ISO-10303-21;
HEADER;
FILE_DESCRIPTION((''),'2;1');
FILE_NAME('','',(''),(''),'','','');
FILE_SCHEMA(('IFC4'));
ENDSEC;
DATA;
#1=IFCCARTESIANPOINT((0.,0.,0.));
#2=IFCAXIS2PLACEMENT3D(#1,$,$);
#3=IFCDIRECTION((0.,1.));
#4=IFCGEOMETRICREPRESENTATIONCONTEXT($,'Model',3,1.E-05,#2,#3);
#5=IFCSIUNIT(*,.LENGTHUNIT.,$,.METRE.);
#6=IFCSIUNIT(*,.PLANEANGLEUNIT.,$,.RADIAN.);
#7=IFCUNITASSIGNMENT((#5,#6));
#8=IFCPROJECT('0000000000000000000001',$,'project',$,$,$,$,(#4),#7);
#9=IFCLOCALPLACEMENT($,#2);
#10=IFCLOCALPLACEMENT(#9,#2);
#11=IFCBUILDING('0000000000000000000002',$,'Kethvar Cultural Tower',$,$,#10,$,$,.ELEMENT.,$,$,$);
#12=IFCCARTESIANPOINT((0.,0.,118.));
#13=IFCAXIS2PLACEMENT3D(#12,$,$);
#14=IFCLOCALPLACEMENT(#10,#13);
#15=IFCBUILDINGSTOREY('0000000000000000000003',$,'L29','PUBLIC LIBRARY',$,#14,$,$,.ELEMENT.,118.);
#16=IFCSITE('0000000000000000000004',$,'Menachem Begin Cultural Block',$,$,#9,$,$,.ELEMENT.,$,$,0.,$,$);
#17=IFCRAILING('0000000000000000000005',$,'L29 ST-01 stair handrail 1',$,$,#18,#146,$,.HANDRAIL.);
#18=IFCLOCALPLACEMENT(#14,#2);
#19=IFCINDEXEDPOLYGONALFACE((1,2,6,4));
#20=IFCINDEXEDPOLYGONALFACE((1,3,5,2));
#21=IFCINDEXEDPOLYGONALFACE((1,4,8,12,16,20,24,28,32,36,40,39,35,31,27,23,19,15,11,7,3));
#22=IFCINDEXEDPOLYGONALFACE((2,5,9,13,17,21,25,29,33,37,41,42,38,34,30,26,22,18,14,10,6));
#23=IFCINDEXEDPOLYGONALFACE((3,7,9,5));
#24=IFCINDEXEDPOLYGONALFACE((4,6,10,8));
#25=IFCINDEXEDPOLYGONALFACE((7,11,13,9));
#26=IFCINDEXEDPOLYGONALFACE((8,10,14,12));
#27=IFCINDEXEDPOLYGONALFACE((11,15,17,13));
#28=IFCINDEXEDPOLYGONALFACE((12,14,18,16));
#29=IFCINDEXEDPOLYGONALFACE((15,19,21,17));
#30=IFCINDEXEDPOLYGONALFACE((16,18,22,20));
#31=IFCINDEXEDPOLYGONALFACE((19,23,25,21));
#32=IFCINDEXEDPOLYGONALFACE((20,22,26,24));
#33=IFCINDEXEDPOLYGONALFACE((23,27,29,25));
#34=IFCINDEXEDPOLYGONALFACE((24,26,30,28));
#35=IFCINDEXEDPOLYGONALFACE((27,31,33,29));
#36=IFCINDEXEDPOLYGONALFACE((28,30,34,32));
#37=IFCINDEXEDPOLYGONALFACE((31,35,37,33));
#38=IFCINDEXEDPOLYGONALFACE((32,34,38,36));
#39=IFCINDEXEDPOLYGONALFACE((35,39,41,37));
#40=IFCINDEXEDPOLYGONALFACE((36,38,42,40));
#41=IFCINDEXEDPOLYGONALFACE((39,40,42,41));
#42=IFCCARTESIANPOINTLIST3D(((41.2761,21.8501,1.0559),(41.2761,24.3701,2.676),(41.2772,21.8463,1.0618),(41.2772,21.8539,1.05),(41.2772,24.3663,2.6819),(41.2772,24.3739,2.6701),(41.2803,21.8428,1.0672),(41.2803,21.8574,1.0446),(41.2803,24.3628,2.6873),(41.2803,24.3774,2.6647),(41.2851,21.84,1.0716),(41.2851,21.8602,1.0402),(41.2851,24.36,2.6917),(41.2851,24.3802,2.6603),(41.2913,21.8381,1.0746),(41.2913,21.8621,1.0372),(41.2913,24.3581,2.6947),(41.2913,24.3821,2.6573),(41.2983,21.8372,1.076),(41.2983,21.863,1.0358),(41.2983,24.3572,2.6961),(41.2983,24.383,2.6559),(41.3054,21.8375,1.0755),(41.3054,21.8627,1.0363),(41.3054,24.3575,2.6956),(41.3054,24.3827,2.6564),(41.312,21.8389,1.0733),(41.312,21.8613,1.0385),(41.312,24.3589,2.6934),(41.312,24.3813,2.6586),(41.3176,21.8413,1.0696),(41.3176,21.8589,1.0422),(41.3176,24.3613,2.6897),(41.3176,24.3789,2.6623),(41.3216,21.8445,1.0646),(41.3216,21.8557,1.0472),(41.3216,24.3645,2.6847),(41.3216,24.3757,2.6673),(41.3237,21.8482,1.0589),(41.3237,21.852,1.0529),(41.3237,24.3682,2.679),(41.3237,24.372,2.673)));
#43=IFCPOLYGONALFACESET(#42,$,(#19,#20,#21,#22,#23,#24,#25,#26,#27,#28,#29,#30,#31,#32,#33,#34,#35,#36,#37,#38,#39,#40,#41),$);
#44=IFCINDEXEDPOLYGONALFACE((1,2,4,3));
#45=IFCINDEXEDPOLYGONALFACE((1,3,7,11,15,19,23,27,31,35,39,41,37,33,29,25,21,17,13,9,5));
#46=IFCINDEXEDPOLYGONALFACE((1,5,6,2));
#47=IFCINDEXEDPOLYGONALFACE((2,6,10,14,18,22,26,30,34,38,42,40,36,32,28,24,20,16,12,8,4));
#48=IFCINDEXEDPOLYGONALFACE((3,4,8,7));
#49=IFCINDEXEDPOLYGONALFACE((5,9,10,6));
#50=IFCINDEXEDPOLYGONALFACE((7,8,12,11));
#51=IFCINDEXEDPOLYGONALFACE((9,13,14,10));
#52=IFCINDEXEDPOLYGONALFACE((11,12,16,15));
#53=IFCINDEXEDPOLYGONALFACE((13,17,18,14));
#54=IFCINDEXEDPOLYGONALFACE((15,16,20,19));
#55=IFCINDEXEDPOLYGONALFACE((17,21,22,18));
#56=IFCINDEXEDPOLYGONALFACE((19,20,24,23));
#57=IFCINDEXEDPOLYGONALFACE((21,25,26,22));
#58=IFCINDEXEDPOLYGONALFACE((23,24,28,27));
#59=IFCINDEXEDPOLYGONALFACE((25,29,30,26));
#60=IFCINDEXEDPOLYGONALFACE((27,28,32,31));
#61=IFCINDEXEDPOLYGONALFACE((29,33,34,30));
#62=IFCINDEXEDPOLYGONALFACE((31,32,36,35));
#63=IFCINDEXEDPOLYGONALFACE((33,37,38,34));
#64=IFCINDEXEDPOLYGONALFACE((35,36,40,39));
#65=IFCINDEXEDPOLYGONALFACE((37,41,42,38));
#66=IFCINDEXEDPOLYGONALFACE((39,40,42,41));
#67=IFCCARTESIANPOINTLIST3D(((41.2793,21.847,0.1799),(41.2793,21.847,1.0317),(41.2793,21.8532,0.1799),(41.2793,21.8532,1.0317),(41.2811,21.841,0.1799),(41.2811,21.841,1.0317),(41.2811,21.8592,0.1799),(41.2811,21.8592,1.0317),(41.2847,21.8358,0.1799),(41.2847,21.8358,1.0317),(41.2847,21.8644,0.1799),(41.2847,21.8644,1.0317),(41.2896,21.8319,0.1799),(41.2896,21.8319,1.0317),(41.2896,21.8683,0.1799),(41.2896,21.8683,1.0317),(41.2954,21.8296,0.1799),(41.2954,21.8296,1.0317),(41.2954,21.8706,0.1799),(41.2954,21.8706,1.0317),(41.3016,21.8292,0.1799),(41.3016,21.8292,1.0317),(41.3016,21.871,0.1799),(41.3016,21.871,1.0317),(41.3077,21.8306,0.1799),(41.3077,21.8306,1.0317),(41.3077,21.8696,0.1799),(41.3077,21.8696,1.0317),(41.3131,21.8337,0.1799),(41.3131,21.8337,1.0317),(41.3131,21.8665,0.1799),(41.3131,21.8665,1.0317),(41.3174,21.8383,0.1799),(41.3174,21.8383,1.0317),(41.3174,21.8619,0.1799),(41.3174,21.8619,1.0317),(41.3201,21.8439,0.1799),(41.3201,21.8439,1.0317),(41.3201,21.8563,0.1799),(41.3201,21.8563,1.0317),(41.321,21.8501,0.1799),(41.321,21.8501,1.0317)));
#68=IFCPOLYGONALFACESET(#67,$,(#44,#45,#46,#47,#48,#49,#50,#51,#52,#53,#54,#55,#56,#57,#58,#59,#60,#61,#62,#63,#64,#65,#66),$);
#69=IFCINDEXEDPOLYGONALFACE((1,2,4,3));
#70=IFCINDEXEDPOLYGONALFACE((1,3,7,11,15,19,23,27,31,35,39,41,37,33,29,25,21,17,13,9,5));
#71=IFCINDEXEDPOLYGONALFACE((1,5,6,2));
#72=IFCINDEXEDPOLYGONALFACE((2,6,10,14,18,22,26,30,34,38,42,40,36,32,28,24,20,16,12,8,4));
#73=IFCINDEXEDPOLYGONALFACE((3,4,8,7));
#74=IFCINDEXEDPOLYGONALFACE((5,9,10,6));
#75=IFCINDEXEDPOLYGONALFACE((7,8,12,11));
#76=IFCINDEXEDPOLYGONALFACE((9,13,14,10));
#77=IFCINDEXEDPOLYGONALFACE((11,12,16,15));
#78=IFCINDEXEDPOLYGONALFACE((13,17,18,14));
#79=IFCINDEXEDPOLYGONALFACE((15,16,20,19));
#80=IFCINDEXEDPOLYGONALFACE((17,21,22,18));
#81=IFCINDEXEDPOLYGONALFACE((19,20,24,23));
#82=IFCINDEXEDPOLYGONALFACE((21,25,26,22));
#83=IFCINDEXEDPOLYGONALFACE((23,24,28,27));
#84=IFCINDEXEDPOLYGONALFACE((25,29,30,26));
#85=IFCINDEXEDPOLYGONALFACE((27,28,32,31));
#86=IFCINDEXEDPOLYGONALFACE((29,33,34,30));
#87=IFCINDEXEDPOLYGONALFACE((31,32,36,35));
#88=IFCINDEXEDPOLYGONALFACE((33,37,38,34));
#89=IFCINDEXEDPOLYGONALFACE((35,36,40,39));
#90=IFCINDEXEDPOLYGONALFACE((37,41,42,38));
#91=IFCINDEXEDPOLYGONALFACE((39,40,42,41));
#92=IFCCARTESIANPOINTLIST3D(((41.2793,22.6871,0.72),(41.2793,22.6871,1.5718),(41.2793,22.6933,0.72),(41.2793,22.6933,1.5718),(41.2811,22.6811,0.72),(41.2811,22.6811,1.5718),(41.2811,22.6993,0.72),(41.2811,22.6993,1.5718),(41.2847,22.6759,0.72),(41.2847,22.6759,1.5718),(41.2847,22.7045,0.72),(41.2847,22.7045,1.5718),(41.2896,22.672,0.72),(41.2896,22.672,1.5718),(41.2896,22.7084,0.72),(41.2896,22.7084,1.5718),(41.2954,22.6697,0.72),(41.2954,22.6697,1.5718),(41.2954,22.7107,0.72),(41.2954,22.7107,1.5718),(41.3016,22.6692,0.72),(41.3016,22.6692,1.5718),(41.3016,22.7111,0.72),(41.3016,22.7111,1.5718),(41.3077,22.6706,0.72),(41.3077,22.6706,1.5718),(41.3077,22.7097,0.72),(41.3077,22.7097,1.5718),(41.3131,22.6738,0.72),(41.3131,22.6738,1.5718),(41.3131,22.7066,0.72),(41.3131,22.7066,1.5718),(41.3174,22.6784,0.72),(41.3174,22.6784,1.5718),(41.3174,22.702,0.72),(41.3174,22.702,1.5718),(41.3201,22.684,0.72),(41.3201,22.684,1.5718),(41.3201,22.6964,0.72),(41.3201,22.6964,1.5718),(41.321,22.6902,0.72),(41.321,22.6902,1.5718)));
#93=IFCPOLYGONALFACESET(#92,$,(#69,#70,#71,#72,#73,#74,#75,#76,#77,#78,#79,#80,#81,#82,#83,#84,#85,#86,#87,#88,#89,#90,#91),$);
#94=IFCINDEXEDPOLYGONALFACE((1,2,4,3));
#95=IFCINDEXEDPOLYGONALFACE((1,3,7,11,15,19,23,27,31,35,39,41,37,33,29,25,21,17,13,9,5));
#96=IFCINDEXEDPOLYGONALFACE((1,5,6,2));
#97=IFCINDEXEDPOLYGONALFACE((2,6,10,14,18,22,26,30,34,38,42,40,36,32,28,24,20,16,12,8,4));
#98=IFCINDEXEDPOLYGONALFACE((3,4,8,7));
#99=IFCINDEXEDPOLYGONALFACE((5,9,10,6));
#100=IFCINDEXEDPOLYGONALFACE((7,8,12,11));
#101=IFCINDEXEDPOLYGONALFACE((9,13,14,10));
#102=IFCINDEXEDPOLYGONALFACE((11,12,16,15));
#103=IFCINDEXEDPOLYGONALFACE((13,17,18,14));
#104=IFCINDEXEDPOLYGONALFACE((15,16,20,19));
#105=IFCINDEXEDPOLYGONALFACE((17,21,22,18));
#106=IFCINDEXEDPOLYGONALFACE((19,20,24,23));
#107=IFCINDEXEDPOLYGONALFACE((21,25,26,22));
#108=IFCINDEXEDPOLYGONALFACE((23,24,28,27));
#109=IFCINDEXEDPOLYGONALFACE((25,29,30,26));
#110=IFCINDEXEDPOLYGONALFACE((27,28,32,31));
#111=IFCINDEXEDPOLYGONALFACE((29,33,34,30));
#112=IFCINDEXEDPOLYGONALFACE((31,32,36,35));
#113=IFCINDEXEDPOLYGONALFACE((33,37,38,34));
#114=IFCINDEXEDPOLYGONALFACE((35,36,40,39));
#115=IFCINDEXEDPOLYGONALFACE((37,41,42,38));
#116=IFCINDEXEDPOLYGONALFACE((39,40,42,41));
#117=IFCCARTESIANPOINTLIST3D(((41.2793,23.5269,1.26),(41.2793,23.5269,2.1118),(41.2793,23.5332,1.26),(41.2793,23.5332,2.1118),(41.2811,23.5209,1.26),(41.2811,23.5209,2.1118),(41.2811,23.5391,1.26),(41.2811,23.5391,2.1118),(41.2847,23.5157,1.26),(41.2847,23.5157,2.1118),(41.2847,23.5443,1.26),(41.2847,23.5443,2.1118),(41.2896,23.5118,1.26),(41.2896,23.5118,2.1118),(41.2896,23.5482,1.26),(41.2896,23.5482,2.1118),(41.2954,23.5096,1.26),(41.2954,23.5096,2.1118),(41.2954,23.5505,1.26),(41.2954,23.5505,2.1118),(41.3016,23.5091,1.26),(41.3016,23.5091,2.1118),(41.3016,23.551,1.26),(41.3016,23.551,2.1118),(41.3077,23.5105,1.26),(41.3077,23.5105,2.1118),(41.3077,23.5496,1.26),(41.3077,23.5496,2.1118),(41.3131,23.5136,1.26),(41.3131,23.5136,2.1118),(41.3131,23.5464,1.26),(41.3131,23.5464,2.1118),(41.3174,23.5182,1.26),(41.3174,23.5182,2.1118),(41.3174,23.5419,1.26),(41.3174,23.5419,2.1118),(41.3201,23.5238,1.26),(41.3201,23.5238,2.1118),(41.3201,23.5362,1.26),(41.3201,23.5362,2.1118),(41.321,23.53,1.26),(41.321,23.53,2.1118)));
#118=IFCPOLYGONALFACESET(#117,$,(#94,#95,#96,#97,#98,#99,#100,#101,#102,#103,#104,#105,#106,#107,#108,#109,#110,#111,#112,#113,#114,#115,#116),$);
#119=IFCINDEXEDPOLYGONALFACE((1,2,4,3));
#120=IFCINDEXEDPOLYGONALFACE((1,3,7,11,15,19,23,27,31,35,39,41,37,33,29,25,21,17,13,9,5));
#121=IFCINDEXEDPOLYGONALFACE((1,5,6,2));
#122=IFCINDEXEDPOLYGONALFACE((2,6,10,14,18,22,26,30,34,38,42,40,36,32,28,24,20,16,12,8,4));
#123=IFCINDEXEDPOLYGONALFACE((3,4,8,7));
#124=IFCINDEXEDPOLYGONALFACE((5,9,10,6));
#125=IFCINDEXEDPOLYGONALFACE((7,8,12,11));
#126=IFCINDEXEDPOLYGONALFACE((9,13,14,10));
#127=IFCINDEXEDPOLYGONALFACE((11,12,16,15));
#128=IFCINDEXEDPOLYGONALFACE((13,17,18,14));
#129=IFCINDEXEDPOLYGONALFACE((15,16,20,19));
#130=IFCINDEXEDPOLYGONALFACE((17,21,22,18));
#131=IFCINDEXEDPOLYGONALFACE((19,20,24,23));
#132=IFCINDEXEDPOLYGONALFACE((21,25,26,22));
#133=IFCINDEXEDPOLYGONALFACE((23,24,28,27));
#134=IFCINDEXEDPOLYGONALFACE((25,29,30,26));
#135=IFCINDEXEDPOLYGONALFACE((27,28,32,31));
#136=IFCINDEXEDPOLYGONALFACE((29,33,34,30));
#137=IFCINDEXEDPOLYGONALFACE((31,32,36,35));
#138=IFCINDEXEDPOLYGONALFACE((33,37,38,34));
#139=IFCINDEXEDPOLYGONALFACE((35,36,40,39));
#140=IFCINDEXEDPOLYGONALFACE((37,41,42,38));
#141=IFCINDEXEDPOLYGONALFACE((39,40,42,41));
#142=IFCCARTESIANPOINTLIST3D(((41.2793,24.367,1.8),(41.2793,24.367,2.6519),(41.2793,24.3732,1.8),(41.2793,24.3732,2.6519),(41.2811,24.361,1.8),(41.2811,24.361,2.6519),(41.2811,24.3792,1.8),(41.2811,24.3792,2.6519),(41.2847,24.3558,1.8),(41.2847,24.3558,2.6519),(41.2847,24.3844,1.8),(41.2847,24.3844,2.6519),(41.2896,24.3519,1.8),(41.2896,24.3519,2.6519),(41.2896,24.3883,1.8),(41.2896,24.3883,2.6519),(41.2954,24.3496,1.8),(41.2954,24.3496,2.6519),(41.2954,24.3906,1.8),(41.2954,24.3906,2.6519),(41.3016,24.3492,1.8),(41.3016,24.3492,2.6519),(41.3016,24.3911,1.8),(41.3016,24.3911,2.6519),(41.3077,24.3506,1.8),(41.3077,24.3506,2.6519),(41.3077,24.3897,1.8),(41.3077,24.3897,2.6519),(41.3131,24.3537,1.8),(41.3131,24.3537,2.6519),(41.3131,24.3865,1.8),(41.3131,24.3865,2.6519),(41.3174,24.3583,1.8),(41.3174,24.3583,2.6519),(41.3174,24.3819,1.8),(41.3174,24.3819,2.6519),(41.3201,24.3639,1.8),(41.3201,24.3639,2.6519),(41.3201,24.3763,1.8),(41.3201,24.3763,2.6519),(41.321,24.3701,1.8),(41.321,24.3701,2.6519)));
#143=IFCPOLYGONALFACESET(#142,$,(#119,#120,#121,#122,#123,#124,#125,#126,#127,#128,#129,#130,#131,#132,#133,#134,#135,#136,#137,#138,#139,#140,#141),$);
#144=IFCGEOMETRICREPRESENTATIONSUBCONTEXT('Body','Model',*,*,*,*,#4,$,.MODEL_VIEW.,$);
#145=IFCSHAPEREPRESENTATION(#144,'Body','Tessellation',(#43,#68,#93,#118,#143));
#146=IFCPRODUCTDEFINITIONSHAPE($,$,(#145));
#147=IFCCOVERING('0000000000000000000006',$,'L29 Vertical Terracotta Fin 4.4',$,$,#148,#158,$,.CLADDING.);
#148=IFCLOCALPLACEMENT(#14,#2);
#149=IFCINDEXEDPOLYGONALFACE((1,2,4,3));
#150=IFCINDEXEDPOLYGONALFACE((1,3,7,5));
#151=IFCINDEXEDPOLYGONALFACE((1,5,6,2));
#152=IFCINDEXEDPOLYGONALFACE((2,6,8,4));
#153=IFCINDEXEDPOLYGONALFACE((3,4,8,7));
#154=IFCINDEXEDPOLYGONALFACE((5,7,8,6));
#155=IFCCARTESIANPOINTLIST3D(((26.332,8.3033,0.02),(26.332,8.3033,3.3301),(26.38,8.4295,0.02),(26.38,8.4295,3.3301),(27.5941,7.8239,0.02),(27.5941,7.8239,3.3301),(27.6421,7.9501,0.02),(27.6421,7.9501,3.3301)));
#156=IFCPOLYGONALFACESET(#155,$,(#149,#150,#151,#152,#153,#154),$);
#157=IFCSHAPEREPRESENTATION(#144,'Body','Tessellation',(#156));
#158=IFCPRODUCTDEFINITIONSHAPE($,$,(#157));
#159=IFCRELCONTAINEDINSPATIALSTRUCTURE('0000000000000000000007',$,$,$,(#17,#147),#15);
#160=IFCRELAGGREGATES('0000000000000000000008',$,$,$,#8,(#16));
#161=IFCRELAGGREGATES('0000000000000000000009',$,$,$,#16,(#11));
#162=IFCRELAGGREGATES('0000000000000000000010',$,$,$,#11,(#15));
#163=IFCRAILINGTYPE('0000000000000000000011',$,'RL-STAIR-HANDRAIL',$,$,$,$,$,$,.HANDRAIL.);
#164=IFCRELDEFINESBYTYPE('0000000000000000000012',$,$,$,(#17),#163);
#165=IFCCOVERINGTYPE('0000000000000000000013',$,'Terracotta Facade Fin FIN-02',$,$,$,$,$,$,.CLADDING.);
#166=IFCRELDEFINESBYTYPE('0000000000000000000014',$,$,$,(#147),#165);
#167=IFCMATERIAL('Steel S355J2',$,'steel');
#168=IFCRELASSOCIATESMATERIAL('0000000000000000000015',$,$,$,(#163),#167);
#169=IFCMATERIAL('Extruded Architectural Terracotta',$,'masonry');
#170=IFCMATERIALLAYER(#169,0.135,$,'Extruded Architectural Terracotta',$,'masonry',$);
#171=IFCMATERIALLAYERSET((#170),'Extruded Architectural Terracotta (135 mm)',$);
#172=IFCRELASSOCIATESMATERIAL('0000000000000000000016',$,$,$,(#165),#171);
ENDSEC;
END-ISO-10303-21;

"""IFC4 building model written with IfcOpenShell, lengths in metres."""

from ifc_helpers import new_model, si_unit, direction, frame, origin, origin_2d, place, context, subcontext, project, spatial, rectangle, circle, extrude, source, transform, mapped, material, layer, layer_set, type_object, element, save


model = new_model("IFC4")

# Units and contexts
model_context = context("Model", 3, precision=1e-05, world=origin(), true_north=direction((0.0, 1.0)))
body_context = subcontext(model_context, "Body", "Model", "MODEL_VIEW")
ifc_project = project(units=[si_unit("LENGTHUNIT", "METRE"), si_unit("PLANEANGLEUNIT", "RADIAN")], contexts=[model_context])

# Site, building, storey
site_placement = place(None, origin())
site = spatial("IfcSite", under=ifc_project, at=site_placement, Name="Menachem Begin Cultural Block", CompositionType="ELEMENT", RefElevation=0.0)
building_placement = place(site_placement, origin())
building = spatial("IfcBuilding", under=site, at=building_placement, Name="Kethvar Cultural Tower", CompositionType="ELEMENT")
storey_placement = place(building_placement, frame((0.0, 0.0, 118.0)))
storey = spatial("IfcBuildingStorey", under=building, at=storey_placement, Name="L29", Description="PUBLIC LIBRARY", CompositionType="ELEMENT", Elevation=118.0)

# Shared definitions
ifc_material_1 = material(Name="Steel S355J2", Category="steel")

# Railing
railing_type_1 = type_object("IfcRailingType", Name="RL-STAIR-HANDRAIL", PredefinedType="HANDRAIL", material=ifc_material_1)
railing_1_placement = place(storey_placement, frame((41.3, 21.8501, 0.1799)))
element("IfcRailing", 1, at=railing_1_placement, inside=storey, type_object=railing_type_1, Name="L29 ST-01 stair handrail 1", PredefinedType="HANDRAIL", context=body_context, shape_type="SweptSolid", body=[
    extrude(circle(Radius=0.0239, at=origin_2d()), frame((0.0, 0.0, 0.876), z_axis=(0.0, 0.841163, 0.540782), x_axis=(-1.0, 0.0, 0.0)), (0.0, 0.0, 1.0), 2.9958),
    extrude(circle(Radius=0.021, at=origin_2d()), origin(), (0.0, 0.0, 1.0), 0.8518),
    extrude(circle(Radius=0.021, at=origin_2d()), frame((0.0, 0.8401, 0.54)), (0.0, 0.0, 1.0), 0.8518),
    extrude(circle(Radius=0.021, at=origin_2d()), frame((0.0, 1.6799, 1.0801)), (0.0, 0.0, 1.0), 0.8518),
    extrude(circle(Radius=0.021, at=origin_2d()), frame((0.0, 2.52, 1.6201)), (0.0, 0.0, 1.0), 0.8518),
])

# Covering
ifc_material_2 = material(Name="Extruded Architectural Terracotta", Category="masonry")
ifc_layer_1 = layer(ifc_material_2, 0.135, Name="Extruded Architectural Terracotta", Category="masonry")
ifc_layer_set_1 = layer_set([ifc_layer_1], Name="Extruded Architectural Terracotta (135 mm)")
covering_type = type_object("IfcCoveringType", Name="Terracotta Facade Fin FIN-02", PredefinedType="CLADDING", material=ifc_layer_set_1)
shared_shape_1 = source(origin(), body_context, "Body", "SweptSolid", [
    extrude(rectangle(XDim=1.3501, YDim=0.135, at=origin_2d()), origin(), (0.0, 0.0, 1.0), 3.3101),
])
covering_placement = place(storey_placement, frame((26.9871, 8.1267, 0.02), z_axis=(0.0, 0.0, 1.0), x_axis=(-0.934826, 0.355107, 0.0)))
element("IfcCovering", 2, at=covering_placement, inside=storey, type_object=covering_type, Name="L29 Vertical Terracotta Fin 4.4", PredefinedType="CLADDING", context=body_context, shape_type="MappedRepresentation", body=[
    mapped(shared_shape_1, transform((0.0, 0.0, 0.0), scale=1.0)),
])

save(model, "model.ifc")
